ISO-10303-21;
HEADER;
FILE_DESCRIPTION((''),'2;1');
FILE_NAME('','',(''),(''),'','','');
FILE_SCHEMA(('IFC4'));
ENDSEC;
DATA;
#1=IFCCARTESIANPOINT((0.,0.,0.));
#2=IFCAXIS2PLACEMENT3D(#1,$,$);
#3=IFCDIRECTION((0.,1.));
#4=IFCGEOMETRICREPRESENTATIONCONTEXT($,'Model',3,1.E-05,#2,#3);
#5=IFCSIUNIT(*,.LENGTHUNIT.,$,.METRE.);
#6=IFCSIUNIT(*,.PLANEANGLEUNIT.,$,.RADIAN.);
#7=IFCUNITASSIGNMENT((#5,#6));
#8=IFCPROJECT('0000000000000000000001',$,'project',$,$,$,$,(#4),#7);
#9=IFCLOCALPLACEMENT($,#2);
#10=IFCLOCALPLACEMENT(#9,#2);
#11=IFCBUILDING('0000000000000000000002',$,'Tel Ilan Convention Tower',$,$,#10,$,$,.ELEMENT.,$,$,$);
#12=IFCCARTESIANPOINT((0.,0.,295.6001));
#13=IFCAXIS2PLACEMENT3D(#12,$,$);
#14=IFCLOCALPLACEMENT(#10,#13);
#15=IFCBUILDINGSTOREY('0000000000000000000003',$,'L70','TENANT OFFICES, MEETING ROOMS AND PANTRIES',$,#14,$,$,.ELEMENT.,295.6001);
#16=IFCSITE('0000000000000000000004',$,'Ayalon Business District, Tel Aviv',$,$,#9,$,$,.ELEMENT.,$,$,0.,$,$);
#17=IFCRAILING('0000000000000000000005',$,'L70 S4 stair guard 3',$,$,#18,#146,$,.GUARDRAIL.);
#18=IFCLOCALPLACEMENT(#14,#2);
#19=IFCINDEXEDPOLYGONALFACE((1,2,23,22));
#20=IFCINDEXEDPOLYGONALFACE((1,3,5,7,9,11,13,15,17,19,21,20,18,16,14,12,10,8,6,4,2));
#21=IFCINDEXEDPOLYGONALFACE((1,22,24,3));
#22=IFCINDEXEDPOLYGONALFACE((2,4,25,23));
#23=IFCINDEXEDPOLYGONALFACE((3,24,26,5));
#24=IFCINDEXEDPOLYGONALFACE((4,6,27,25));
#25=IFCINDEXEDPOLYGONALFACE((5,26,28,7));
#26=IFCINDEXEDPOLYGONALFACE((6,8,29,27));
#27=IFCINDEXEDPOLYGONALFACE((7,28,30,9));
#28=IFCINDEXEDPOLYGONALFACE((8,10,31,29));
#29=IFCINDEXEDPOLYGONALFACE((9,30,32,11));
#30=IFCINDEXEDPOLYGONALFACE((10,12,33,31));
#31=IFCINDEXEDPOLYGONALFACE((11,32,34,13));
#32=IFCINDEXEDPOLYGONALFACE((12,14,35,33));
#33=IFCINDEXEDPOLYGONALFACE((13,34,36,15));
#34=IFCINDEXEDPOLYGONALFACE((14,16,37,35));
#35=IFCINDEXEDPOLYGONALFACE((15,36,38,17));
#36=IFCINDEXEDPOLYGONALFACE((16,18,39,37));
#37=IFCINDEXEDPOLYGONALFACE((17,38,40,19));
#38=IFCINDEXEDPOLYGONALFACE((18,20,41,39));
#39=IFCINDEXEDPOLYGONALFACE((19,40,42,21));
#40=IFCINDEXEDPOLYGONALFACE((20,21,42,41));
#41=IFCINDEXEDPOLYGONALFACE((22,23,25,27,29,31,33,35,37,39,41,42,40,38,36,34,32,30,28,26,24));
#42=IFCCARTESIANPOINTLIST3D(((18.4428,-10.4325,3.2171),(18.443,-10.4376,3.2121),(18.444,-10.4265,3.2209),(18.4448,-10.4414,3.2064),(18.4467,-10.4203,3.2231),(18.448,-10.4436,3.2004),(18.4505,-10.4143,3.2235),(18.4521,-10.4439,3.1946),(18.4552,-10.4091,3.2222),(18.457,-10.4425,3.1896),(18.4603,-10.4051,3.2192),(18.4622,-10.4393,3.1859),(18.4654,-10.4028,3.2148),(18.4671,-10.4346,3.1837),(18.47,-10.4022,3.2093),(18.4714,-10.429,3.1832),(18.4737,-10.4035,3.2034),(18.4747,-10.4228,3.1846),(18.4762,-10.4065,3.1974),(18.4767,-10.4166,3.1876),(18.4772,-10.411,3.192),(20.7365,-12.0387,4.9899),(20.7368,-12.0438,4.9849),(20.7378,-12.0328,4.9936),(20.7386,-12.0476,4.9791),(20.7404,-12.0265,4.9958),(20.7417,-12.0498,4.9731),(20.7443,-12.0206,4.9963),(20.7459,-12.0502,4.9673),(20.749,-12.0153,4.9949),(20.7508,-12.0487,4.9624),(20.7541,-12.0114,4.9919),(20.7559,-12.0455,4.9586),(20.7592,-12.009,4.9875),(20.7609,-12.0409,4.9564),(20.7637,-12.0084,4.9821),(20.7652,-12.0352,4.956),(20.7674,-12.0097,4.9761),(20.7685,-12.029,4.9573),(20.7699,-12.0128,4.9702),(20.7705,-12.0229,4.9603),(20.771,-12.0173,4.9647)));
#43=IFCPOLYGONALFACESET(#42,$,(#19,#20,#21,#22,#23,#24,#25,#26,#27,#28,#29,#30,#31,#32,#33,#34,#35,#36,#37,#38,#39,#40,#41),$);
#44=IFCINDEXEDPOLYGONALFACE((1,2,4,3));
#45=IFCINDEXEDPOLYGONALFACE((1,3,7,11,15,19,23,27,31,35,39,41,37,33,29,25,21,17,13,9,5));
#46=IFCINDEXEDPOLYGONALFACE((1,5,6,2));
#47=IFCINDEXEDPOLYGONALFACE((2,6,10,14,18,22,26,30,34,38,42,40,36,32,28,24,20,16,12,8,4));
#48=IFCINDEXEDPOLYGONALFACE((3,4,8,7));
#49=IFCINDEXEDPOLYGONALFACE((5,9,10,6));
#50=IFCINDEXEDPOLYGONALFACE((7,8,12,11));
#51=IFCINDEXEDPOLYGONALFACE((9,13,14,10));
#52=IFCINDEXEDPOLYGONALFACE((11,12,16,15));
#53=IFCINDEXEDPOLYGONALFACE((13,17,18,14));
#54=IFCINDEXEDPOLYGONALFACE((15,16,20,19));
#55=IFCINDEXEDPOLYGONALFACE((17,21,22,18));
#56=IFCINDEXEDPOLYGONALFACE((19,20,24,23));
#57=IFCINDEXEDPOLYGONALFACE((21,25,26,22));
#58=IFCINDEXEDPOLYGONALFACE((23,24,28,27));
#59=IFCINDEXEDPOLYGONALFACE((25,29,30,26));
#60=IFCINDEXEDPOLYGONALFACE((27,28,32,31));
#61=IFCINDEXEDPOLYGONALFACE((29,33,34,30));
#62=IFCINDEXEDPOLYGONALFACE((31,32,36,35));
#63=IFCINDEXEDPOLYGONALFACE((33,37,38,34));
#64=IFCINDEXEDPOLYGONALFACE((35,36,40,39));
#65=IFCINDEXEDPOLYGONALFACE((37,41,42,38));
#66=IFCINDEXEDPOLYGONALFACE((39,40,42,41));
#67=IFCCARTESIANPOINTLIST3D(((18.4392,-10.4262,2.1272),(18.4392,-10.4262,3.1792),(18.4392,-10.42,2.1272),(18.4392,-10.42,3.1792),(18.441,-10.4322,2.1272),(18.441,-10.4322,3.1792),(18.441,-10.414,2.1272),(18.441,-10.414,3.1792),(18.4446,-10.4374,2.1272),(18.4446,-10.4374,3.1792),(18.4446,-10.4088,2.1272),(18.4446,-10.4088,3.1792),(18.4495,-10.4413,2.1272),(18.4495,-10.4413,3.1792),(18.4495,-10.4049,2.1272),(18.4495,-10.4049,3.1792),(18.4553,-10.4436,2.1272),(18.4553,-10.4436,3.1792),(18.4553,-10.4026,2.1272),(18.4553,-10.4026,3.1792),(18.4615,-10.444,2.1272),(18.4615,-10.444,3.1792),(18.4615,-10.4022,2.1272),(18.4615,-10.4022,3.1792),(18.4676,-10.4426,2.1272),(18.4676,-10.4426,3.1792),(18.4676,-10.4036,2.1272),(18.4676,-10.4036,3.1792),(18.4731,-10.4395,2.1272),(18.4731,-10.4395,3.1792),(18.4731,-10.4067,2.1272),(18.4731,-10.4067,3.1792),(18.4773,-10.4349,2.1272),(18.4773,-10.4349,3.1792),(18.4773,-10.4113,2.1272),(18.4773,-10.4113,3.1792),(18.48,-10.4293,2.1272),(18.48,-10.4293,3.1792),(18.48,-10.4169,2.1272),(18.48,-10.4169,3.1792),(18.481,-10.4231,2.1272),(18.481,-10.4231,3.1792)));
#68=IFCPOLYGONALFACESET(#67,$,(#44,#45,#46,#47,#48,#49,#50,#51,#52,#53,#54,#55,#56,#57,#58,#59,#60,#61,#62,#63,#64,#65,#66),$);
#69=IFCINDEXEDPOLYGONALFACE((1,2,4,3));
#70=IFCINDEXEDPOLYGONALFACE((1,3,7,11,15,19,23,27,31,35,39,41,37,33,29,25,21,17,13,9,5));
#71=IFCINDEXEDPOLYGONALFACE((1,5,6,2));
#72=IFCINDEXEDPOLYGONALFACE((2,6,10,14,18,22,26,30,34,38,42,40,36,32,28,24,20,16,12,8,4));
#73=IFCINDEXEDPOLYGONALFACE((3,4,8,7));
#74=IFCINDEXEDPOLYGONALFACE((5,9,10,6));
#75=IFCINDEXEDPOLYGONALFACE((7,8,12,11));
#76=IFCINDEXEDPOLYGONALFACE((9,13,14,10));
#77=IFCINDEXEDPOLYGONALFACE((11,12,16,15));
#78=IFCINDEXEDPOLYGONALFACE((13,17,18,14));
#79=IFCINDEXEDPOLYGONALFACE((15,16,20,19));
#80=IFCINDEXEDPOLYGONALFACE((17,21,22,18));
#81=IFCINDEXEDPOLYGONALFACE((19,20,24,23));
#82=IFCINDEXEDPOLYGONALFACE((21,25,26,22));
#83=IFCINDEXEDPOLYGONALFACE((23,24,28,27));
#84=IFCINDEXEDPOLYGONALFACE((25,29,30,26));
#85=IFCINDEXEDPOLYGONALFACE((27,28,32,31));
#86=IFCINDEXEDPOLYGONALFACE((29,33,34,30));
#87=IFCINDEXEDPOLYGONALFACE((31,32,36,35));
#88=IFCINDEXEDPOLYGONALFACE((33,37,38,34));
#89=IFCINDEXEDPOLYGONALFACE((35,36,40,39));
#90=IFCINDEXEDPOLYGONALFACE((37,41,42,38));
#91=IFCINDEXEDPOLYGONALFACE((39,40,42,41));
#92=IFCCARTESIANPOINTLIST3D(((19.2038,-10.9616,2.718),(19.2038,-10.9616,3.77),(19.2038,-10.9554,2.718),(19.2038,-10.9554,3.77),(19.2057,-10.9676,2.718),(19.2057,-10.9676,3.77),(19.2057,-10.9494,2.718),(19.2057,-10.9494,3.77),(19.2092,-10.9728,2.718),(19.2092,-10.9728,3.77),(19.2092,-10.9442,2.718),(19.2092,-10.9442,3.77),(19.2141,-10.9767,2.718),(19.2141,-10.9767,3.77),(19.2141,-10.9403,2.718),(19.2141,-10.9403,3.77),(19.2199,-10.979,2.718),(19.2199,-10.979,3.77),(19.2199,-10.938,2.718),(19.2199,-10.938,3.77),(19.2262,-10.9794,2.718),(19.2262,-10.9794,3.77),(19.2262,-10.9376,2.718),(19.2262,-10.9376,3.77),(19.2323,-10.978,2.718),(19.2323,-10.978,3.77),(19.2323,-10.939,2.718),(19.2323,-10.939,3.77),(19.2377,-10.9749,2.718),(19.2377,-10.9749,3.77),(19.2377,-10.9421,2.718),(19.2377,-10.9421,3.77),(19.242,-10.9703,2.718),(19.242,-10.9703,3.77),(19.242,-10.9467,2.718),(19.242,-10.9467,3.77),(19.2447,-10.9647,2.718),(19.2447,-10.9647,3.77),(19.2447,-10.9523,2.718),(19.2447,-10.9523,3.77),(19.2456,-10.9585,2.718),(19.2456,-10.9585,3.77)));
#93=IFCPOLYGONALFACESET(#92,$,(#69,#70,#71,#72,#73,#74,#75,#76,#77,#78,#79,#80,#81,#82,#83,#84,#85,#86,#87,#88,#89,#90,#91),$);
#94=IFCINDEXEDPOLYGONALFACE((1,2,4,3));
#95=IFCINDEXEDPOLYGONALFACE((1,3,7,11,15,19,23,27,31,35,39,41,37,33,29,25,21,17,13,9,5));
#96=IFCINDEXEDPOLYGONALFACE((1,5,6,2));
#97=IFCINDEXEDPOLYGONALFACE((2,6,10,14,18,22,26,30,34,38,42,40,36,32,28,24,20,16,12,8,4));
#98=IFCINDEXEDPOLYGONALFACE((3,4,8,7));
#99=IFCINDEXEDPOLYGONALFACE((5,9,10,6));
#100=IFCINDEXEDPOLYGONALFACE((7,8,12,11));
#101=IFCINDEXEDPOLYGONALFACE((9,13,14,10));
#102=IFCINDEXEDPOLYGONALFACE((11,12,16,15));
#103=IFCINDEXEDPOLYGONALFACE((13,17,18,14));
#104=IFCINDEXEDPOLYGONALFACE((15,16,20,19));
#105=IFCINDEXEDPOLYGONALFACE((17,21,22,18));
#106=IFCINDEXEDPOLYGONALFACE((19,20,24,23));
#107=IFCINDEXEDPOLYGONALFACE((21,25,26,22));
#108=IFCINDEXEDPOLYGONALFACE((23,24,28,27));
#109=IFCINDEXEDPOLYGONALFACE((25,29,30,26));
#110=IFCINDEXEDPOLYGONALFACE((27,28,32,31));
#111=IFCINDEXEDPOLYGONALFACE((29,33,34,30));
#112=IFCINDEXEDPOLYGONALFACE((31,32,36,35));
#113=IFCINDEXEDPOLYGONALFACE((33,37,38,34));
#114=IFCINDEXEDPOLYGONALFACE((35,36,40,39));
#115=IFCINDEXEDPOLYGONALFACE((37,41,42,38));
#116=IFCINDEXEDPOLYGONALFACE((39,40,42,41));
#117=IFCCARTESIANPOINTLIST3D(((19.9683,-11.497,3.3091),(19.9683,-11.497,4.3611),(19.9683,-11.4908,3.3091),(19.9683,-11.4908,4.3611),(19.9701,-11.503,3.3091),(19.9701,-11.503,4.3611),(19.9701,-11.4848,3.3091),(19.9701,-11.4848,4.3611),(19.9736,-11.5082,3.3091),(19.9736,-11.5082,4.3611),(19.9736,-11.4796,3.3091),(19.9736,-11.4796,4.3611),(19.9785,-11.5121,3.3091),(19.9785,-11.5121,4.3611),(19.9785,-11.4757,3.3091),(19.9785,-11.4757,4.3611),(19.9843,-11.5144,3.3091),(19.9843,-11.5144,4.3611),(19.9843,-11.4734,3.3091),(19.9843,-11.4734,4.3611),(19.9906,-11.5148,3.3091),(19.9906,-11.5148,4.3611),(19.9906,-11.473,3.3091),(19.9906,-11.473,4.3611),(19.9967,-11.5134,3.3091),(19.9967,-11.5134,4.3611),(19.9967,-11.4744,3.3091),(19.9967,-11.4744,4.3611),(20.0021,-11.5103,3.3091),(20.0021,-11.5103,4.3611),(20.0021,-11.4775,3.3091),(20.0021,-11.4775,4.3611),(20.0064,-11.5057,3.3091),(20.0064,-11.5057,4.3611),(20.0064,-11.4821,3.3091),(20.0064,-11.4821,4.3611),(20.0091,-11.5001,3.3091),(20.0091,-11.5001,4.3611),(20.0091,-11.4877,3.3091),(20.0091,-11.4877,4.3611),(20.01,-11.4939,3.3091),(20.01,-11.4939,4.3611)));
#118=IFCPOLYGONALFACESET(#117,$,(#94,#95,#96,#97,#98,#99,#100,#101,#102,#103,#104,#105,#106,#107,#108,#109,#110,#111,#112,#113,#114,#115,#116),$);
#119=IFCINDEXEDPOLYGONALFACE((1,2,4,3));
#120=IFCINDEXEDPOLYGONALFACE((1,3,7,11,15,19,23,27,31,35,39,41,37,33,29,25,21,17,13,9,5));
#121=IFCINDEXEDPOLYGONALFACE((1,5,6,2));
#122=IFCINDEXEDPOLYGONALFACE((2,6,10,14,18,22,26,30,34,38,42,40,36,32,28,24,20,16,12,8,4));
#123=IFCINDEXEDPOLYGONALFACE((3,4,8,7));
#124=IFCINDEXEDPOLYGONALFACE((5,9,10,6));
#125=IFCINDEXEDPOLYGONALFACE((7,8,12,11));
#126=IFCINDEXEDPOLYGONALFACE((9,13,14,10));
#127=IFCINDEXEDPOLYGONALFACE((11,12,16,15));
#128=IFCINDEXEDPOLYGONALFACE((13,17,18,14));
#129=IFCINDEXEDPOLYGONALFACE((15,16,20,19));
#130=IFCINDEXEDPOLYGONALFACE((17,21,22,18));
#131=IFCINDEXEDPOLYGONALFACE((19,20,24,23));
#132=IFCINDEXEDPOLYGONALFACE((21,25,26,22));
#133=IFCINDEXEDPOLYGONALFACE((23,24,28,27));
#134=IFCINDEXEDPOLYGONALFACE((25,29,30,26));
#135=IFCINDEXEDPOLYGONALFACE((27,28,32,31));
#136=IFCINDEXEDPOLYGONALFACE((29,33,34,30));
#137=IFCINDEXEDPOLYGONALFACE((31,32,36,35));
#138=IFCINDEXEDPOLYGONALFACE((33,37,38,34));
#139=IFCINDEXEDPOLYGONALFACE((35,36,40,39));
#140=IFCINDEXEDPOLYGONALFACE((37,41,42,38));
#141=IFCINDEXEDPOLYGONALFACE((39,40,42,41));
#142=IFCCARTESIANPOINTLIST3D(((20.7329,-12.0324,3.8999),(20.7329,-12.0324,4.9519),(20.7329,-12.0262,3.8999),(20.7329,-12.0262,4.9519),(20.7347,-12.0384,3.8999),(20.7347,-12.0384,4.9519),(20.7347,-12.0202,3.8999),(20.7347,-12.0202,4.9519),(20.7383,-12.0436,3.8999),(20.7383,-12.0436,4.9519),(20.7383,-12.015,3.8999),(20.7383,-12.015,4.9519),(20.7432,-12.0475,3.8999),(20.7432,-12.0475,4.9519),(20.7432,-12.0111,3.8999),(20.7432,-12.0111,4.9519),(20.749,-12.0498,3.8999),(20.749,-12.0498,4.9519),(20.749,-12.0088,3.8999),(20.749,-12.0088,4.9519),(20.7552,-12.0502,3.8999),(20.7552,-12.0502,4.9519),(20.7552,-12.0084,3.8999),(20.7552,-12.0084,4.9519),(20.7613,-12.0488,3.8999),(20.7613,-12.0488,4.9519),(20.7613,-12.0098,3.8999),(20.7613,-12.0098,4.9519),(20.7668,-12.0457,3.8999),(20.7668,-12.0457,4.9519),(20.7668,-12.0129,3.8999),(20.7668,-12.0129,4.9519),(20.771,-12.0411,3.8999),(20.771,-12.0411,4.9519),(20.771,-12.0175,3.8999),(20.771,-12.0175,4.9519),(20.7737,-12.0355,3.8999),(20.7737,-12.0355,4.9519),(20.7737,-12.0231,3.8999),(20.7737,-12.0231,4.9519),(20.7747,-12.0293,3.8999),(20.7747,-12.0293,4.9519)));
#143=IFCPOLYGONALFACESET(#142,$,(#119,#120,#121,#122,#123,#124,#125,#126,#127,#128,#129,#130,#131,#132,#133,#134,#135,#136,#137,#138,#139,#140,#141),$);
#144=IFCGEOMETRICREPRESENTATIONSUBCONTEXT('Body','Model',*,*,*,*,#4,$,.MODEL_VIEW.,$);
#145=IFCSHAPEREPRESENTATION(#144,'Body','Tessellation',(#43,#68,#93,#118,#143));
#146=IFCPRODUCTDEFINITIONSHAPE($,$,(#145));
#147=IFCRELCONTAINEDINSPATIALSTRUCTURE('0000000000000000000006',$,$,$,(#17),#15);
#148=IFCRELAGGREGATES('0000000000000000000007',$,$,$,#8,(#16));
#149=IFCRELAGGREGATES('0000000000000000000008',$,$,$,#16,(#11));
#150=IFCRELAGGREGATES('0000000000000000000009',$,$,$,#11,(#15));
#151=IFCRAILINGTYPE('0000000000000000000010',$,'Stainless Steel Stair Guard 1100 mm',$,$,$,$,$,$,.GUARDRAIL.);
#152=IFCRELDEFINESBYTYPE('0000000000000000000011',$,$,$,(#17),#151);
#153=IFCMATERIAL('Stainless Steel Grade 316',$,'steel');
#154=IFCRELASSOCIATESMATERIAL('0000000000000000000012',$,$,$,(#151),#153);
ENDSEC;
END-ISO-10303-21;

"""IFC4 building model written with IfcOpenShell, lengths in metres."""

from ifc_helpers import new_model, si_unit, direction, frame, origin, origin_2d, place, context, subcontext, project, spatial, circle, extrude, material, type_object, element, save


model = new_model("IFC4")

# Units and contexts
model_context = context("Model", 3, precision=1e-05, world=origin(), true_north=direction((0.0, 1.0)))
body_context = subcontext(model_context, "Body", "Model", "MODEL_VIEW")
ifc_project = project(units=[si_unit("LENGTHUNIT", "METRE"), si_unit("PLANEANGLEUNIT", "RADIAN")], contexts=[model_context])

# Site, building, storey
site_placement = place(None, origin())
site = spatial("IfcSite", under=ifc_project, at=site_placement, Name="Ayalon Business District, Tel Aviv", CompositionType="ELEMENT", RefElevation=0.0)
building_placement = place(site_placement, origin())
building = spatial("IfcBuilding", under=site, at=building_placement, Name="Tel Ilan Convention Tower", CompositionType="ELEMENT")
storey_placement = place(building_placement, frame((0.0, 0.0, 295.6001)))
storey = spatial("IfcBuildingStorey", under=building, at=storey_placement, Name="L70", Description="TENANT OFFICES, MEETING ROOMS AND PANTRIES", CompositionType="ELEMENT", Elevation=295.6001)

# Railing
ifc_material_1 = material(Name="Stainless Steel Grade 316", Category="steel")
railing_type_1 = type_object("IfcRailingType", Name="Stainless Steel Stair Guard 1100 mm", PredefinedType="GUARDRAIL", material=ifc_material_1)
railing_1_placement = place(storey_placement, frame((18.46, -10.4231, 2.1272)))
element("IfcRailing", 1, at=railing_1_placement, inside=storey, type_object=railing_type_1, Name="L70 S4 stair guard 3", PredefinedType="GUARDRAIL", context=body_context, shape_type="SweptSolid", body=[
    extrude(circle(Radius=0.0239, at=origin_2d()), frame((0.0, 0.0, 1.0762), z_axis=(0.692098, -0.484653, 0.534894), x_axis=(0.573609, 0.81913, 0.0)), (0.0, 0.0, 1.0), 3.3142),
    extrude(circle(Radius=0.021, at=origin_2d()), origin(), (0.0, 0.0, 1.0), 1.052),
    extrude(circle(Radius=0.021, at=origin_2d()), frame((0.7646, -0.5354, 0.5908)), (0.0, 0.0, 1.0), 1.052),
    extrude(circle(Radius=0.021, at=origin_2d()), frame((1.5291, -1.0708, 1.1819)), (0.0, 0.0, 1.0), 1.052),
    extrude(circle(Radius=0.021, at=origin_2d()), frame((2.2937, -1.6062, 1.7727)), (0.0, 0.0, 1.0), 1.052),
])

save(model, "model.ifc")
